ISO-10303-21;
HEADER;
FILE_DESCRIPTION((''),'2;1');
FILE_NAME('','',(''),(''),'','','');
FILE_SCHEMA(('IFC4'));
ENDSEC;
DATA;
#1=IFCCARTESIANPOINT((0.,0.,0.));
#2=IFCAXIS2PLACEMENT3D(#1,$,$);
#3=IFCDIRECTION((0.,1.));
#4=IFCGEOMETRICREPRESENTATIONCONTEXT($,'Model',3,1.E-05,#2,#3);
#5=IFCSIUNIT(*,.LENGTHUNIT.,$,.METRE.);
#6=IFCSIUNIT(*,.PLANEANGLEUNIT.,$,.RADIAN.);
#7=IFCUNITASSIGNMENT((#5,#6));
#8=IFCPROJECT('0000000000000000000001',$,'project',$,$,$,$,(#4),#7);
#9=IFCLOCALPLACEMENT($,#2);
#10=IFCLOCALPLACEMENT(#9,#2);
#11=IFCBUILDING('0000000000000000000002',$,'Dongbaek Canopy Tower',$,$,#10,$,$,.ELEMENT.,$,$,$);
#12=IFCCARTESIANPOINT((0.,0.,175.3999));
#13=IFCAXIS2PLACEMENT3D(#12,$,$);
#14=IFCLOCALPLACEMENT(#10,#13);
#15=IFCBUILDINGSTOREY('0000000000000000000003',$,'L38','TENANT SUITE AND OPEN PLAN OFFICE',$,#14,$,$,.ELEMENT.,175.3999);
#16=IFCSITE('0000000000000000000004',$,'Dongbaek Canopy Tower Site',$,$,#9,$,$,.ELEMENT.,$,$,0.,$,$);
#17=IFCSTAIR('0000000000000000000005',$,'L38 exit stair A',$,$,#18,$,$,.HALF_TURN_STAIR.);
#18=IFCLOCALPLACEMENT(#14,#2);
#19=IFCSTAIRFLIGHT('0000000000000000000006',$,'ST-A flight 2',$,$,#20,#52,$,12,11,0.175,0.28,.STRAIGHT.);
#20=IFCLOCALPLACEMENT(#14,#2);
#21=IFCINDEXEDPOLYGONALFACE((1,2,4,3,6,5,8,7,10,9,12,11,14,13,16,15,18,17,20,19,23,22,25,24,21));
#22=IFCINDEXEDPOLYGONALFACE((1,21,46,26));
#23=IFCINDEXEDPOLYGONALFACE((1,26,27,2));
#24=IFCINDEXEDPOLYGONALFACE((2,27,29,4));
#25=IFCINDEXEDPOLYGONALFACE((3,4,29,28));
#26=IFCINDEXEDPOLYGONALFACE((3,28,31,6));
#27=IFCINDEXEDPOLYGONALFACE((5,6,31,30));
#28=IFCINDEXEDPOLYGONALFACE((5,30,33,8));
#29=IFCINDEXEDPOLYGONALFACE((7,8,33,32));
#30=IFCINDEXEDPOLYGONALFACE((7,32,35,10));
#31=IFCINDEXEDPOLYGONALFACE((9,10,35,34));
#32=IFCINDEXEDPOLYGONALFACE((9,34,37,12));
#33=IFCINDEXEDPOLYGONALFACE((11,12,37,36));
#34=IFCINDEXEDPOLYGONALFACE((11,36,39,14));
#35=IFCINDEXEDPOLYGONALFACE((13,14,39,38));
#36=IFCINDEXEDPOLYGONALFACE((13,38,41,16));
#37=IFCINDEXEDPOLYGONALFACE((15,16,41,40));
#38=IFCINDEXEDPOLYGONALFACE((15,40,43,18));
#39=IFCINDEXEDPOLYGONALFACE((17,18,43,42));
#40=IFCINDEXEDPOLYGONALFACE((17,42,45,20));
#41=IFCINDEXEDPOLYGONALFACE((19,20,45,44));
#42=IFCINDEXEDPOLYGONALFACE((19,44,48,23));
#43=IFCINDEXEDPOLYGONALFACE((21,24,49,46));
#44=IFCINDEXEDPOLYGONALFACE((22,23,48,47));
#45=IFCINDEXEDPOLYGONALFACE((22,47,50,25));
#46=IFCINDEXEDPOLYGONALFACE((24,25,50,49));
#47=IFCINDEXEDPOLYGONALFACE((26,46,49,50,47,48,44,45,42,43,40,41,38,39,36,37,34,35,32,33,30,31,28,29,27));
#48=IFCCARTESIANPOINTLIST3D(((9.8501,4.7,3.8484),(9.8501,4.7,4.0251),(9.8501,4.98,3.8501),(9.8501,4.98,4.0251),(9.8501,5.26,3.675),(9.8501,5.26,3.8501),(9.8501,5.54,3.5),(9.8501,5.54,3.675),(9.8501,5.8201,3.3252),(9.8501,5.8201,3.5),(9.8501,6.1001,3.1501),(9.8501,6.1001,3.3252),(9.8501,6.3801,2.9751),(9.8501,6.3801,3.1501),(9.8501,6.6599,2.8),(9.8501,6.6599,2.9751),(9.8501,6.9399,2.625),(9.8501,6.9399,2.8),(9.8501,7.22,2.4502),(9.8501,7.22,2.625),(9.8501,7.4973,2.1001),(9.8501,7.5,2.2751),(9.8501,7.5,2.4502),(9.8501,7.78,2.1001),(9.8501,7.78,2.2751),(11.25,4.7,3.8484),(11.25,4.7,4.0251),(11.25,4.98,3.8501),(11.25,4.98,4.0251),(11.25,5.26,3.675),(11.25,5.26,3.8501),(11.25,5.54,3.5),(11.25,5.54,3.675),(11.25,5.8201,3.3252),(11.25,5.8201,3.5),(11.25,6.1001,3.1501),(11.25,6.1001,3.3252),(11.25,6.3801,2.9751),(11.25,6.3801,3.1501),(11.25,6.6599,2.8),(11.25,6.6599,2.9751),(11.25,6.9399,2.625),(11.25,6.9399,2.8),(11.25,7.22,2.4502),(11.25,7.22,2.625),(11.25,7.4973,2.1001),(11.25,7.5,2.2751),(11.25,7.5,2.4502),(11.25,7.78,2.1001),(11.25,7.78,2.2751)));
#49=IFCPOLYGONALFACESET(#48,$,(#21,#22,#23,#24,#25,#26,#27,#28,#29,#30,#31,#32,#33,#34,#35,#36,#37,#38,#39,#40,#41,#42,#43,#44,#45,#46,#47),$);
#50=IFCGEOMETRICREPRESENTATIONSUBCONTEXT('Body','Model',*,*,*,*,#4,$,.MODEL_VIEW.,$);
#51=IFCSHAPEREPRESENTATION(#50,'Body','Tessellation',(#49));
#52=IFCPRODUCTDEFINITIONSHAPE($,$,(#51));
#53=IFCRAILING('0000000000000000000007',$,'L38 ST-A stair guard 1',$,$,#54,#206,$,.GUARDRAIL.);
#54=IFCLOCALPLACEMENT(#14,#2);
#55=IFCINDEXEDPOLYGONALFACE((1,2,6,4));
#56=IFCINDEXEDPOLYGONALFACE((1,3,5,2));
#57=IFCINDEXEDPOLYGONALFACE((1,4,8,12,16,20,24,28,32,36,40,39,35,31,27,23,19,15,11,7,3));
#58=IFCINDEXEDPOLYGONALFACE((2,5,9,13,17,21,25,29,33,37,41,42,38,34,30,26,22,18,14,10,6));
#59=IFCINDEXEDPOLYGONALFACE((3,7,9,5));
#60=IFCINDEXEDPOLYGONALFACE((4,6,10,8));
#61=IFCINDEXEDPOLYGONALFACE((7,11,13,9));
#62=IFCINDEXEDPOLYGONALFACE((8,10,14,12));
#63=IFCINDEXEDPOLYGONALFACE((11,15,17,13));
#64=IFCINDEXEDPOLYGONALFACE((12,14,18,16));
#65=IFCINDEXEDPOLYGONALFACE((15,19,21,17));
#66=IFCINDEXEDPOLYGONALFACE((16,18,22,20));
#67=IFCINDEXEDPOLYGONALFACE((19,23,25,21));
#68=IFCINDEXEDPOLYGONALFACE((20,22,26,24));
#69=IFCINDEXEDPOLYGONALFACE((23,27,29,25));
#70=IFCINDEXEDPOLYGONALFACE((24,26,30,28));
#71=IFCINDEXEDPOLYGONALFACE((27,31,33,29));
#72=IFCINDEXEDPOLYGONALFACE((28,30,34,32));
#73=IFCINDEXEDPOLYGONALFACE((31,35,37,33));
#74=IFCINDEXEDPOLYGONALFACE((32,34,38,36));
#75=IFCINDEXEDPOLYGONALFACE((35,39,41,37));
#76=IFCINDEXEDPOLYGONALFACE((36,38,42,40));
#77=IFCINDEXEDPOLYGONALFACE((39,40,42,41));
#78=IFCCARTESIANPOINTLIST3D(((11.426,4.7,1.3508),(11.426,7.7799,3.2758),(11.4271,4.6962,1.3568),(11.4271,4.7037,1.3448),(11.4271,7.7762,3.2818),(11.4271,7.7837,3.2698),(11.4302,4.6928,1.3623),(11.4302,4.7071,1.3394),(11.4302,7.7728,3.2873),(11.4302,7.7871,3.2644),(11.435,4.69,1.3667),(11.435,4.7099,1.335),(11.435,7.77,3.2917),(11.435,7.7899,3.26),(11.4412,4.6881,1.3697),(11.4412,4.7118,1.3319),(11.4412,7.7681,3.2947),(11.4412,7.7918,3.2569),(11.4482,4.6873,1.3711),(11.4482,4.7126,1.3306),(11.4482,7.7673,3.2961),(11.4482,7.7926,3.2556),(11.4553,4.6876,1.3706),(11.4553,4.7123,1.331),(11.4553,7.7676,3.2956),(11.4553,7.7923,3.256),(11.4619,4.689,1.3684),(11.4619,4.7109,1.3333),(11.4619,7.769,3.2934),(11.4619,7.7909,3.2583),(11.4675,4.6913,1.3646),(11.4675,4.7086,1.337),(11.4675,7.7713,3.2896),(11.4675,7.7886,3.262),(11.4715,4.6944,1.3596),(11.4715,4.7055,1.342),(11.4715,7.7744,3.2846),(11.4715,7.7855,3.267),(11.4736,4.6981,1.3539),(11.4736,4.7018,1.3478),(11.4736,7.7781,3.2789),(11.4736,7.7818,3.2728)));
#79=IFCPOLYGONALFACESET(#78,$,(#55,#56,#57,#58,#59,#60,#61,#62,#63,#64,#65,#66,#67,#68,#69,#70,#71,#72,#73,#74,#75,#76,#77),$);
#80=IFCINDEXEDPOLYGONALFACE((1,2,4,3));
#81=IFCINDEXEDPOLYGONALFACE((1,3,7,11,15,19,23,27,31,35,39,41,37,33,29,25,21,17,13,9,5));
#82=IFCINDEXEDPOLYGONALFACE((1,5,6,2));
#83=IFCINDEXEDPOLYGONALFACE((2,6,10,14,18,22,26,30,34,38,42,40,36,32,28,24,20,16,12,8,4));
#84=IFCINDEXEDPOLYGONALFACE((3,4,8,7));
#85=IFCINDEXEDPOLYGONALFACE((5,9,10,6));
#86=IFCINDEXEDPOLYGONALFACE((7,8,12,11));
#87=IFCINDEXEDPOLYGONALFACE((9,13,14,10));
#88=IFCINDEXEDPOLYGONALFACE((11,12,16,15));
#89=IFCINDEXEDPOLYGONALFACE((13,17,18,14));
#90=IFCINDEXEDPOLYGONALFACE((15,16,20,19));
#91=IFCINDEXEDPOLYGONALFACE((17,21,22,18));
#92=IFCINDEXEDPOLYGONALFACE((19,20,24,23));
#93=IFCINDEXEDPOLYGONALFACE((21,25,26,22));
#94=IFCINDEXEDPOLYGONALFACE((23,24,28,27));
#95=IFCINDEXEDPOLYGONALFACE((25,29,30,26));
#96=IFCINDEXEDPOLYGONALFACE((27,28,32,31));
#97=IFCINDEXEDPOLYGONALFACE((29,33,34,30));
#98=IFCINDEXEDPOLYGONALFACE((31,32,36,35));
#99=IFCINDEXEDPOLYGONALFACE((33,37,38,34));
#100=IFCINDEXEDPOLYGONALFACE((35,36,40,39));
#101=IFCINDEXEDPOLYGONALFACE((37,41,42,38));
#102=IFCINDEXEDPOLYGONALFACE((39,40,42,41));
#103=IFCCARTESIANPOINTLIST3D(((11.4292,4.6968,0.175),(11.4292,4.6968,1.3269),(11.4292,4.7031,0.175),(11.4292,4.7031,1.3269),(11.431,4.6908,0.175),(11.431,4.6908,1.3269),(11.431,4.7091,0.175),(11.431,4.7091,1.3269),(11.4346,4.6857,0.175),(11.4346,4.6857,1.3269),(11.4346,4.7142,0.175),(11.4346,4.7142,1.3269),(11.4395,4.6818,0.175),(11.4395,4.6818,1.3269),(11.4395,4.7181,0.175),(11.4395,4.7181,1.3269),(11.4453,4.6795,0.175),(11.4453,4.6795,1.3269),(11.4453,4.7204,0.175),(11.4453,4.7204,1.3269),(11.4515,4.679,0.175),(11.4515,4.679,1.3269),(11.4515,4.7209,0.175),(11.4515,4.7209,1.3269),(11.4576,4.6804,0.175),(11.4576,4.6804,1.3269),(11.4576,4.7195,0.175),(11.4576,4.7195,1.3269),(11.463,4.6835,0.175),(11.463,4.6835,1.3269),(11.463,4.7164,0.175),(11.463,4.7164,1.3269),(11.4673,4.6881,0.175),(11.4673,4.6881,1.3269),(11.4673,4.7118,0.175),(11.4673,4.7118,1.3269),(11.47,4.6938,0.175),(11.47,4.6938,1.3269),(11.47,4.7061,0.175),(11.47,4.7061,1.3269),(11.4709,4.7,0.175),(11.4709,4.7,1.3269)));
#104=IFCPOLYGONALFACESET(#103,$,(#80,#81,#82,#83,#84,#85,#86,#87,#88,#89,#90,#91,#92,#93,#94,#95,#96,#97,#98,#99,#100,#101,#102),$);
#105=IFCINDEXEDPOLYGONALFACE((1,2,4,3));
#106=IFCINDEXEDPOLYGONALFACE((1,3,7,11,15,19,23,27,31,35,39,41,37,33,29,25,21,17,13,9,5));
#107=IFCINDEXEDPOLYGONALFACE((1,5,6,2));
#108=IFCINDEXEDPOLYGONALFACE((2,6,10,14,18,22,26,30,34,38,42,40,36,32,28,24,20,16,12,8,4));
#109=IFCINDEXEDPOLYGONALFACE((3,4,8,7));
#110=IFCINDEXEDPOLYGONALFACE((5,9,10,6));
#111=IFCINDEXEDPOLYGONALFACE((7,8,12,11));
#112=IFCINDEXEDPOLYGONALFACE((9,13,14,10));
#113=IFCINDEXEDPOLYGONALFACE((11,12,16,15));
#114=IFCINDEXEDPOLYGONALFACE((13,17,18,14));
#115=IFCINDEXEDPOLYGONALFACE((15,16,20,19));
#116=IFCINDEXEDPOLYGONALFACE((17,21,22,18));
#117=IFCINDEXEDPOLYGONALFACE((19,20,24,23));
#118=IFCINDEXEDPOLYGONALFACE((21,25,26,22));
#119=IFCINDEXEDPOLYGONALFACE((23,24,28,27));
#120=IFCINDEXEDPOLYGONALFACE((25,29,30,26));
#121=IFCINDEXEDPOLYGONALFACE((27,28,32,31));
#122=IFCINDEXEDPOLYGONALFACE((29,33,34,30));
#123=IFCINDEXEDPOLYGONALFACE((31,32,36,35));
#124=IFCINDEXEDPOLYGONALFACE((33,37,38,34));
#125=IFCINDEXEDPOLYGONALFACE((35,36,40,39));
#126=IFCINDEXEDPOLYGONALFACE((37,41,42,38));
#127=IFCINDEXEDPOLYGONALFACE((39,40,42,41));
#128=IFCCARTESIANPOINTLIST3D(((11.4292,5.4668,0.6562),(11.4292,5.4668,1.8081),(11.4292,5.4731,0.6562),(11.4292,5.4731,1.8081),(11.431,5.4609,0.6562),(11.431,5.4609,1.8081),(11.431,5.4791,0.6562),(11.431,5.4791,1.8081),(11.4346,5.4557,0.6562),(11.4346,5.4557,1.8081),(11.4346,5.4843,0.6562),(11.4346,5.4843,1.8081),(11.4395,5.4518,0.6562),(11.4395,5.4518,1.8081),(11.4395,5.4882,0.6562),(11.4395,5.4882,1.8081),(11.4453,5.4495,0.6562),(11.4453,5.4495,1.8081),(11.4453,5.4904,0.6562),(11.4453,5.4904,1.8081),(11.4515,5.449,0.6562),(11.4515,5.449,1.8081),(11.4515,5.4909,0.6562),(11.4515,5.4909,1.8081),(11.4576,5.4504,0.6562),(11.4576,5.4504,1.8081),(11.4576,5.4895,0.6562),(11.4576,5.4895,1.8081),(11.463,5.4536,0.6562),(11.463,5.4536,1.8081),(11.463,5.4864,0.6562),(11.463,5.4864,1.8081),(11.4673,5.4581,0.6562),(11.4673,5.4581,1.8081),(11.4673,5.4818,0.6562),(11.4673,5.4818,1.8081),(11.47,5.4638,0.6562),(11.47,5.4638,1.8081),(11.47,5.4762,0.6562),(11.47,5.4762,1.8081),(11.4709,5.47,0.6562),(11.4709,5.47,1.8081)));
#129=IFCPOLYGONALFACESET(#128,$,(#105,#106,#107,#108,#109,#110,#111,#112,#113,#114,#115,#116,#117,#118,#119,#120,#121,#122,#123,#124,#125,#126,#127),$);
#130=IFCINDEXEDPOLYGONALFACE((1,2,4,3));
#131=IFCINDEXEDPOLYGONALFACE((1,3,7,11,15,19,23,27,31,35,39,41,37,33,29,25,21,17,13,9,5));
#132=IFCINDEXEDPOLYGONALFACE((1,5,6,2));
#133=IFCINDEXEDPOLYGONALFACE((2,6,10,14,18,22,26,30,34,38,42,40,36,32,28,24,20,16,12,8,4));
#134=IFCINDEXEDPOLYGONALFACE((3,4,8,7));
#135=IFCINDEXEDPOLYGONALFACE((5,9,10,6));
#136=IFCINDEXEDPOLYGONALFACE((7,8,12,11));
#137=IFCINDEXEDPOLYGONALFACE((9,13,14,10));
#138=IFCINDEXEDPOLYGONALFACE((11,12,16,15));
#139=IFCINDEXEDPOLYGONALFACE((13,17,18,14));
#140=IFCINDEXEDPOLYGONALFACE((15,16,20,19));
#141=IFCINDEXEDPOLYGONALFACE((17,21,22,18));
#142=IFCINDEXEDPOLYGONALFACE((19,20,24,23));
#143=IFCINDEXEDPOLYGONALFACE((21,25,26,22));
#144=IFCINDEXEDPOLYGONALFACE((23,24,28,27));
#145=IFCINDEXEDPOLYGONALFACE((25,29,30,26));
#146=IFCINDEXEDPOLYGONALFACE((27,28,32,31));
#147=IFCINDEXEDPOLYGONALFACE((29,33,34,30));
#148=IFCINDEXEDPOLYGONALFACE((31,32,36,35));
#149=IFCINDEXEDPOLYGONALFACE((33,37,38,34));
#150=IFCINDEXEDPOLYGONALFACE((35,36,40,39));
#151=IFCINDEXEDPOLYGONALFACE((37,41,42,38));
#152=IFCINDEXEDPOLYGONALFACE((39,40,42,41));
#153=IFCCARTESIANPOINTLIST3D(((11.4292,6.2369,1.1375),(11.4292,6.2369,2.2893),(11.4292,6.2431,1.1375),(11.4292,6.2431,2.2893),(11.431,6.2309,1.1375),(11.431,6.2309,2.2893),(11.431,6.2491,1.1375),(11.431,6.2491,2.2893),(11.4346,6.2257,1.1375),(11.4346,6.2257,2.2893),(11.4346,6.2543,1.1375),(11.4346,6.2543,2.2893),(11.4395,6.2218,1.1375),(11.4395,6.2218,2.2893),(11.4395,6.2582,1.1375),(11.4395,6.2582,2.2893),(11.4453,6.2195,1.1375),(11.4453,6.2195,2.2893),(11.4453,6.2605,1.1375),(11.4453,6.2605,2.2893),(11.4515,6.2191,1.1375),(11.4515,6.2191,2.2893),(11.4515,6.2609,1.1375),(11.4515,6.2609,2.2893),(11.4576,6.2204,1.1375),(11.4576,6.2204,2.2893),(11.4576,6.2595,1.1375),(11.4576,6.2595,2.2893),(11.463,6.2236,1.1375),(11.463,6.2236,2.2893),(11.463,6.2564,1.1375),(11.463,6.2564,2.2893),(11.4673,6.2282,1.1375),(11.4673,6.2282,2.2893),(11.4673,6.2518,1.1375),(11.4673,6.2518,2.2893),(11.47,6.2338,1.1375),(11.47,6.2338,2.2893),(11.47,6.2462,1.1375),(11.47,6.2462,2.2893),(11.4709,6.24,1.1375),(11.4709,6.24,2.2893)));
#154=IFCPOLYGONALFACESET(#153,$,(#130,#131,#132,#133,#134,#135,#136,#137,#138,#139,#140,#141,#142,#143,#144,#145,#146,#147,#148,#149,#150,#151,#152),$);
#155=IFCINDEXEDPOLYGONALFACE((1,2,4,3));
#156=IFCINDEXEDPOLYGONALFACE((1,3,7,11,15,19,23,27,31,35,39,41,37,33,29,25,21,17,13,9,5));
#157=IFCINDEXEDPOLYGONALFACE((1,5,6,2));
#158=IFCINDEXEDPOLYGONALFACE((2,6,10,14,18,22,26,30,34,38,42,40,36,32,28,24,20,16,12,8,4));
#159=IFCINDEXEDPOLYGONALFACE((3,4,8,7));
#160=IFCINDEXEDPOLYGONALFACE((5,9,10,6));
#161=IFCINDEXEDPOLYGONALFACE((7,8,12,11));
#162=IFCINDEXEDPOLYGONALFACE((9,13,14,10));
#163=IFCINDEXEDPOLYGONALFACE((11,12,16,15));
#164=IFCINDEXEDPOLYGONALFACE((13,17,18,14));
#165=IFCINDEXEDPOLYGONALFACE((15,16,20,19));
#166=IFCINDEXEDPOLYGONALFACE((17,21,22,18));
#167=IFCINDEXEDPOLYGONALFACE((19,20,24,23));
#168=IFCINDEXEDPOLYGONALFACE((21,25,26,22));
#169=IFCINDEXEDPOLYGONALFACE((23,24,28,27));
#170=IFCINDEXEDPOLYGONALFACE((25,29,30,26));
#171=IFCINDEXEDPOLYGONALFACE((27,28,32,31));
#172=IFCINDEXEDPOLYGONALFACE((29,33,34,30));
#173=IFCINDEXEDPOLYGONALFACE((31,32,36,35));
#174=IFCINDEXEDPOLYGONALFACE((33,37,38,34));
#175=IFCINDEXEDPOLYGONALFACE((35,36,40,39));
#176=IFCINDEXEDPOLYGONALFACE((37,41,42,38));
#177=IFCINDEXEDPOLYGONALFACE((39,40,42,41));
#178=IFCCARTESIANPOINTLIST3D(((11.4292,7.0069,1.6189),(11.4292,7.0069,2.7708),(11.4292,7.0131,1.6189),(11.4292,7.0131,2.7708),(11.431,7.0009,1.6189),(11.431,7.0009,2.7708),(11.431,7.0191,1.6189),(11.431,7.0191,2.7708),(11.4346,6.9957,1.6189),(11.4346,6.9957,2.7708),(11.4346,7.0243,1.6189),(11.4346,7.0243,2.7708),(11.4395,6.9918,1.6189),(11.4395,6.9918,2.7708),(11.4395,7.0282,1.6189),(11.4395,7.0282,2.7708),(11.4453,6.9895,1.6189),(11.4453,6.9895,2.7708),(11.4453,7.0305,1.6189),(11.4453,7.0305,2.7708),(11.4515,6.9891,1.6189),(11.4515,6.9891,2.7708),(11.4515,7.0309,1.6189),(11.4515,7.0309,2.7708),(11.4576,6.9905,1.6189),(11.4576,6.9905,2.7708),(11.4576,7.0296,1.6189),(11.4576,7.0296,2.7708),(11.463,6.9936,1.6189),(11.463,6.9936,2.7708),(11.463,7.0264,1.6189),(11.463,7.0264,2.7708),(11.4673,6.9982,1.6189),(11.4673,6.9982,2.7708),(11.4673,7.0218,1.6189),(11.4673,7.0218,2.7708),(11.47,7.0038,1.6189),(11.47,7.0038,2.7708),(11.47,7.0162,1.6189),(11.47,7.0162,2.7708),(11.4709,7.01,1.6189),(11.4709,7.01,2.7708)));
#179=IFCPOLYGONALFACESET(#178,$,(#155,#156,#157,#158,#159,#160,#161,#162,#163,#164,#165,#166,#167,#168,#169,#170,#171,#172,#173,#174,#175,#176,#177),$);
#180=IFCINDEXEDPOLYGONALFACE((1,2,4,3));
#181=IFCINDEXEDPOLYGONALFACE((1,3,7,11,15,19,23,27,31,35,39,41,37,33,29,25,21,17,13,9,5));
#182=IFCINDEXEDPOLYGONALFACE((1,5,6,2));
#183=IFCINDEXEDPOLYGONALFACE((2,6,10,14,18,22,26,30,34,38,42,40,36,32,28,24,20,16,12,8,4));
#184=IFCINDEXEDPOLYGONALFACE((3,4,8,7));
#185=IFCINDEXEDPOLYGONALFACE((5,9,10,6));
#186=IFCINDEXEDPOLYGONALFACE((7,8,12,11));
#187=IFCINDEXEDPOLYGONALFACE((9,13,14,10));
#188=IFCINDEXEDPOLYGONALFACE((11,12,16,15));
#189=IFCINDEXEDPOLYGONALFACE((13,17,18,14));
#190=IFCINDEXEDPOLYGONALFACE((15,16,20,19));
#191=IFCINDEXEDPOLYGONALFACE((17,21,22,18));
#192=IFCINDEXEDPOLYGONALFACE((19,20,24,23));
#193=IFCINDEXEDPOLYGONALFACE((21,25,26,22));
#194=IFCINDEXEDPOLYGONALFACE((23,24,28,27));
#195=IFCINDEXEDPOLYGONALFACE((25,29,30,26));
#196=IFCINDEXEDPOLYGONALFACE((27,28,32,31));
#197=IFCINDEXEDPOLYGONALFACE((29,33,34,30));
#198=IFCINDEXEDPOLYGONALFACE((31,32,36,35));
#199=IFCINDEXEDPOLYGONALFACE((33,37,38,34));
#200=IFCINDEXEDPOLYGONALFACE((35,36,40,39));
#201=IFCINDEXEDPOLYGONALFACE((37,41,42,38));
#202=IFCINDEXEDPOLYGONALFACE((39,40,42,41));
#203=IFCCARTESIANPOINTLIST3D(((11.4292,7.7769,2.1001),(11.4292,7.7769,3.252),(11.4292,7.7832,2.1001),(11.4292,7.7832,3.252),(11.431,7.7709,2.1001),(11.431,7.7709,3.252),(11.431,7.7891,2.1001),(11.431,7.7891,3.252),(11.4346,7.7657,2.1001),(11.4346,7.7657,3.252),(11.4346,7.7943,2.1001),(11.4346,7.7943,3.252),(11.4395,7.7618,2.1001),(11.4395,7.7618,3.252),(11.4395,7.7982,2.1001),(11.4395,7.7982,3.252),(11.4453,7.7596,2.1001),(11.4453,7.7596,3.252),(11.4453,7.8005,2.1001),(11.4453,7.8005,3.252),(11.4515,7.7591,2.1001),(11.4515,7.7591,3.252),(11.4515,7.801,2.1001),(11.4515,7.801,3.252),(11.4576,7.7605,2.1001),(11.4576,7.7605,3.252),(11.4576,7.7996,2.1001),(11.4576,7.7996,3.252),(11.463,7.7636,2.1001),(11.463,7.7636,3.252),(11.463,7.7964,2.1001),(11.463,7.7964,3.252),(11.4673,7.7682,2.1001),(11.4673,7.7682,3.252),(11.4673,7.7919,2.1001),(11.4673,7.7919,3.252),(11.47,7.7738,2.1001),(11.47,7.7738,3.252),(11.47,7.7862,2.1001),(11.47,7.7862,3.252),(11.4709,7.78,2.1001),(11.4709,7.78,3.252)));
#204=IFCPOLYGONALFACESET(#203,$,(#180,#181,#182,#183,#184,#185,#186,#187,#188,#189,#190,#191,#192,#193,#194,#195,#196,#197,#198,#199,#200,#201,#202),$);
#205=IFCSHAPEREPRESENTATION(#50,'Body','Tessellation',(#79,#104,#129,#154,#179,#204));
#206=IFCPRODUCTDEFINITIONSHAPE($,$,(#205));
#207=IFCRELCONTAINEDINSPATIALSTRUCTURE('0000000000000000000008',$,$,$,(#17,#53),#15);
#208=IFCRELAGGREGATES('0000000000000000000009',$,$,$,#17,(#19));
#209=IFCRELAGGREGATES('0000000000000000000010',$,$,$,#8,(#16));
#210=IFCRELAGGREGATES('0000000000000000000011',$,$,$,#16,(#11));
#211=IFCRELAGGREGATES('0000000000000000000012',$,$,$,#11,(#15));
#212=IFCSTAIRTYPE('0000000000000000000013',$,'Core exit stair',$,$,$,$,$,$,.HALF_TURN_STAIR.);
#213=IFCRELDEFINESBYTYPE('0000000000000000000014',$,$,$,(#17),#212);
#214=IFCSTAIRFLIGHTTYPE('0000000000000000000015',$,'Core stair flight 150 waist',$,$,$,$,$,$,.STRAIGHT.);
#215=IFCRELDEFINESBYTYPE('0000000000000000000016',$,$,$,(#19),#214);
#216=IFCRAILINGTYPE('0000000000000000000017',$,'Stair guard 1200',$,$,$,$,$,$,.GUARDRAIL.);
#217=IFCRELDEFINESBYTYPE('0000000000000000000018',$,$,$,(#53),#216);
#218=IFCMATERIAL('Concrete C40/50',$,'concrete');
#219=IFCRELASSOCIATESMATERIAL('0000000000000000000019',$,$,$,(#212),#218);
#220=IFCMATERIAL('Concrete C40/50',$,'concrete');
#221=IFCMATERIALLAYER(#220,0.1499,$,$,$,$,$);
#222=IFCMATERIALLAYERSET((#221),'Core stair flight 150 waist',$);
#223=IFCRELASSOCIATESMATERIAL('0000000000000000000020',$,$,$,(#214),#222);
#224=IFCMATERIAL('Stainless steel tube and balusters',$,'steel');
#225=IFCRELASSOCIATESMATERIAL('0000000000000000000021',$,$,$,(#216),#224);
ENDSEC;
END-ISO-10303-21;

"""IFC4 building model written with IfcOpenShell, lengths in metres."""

from ifc_helpers import new_model, si_unit, direction, frame, origin, origin_2d, place, context, subcontext, project, spatial, polyline, circle, outline, extrude, material, layer, layer_set, type_object, element, aggregate, save


model = new_model("IFC4")

# Units and contexts
model_context = context("Model", 3, precision=1e-05, world=origin(), true_north=direction((0.0, 1.0)))
body_context = subcontext(model_context, "Body", "Model", "MODEL_VIEW")
ifc_project = project(units=[si_unit("LENGTHUNIT", "METRE"), si_unit("PLANEANGLEUNIT", "RADIAN")], contexts=[model_context])

# Site, building, storey
site_placement = place(None, origin())
site = spatial("IfcSite", under=ifc_project, at=site_placement, Name="Dongbaek Canopy Tower Site", CompositionType="ELEMENT", RefElevation=0.0)
building_placement = place(site_placement, origin())
building = spatial("IfcBuilding", under=site, at=building_placement, Name="Dongbaek Canopy Tower", CompositionType="ELEMENT")
storey_placement = place(building_placement, frame((0.0, 0.0, 175.3999)))
storey = spatial("IfcBuildingStorey", under=building, at=storey_placement, Name="L38", Description="TENANT SUITE AND OPEN PLAN OFFICE", CompositionType="ELEMENT", Elevation=175.3999)

# Shared definitions
ifc_material_1 = material(Name="Concrete C40/50", Category="concrete")
stair_type = type_object("IfcStairType", Name="Core exit stair", PredefinedType="HALF_TURN_STAIR", material=ifc_material_1)

# Stair, stair flight
stair_1_placement = place(storey_placement, origin())
stair_1 = element("IfcStair", 1, at=stair_1_placement, inside=storey, type_object=stair_type, Name="L38 exit stair A", PredefinedType="HALF_TURN_STAIR")
ifc_material_2 = material(Name="Concrete C40/50", Category="concrete")
ifc_layer_1 = layer(ifc_material_2, 0.1499)
ifc_layer_set_1 = layer_set([ifc_layer_1], Name="Core stair flight 150 waist")
stair_flight_type = type_object("IfcStairFlightType", Name="Core stair flight 150 waist", PredefinedType="STRAIGHT", material=ifc_layer_set_1)
stair_flight_placement = place(storey_placement, frame((10.55, 7.78, 2.1001), z_axis=(0.0, 0.0, 1.0), x_axis=(0.0, -1.0, 0.0)))
stair_flight = element("IfcStairFlight", 2, at=stair_flight_placement, type_object=stair_flight_type, Name="ST-A flight 2", NumberOfRisers=12, NumberOfTreads=11, PredefinedType="STRAIGHT", RiserHeight=0.175, TreadLength=0.28, context=body_context, shape_type="SweptSolid", body=[
    extrude(outline(polyline([(0.0, 0.0), (0.0, 0.175), (0.28, 0.175), (0.28, 0.3501), (0.5601, 0.3501), (0.5601, 0.5249), (0.8401, 0.5249), (0.8401, 0.7), (1.1201, 0.7), (1.1201, 0.875), (1.3999, 0.875), (1.3999, 1.05), (1.6799, 1.05), (1.6799, 1.2251), (1.96, 1.2251), (1.96, 1.3999), (2.24, 1.3999), (2.24, 1.575), (2.52, 1.575), (2.52, 1.75), (2.8, 1.75), (2.8, 1.925), (3.0801, 1.925), (3.0801, 2.1001), (3.0801, 1.7483), (0.2827, 0.0), (0.0, 0.0)])), frame((0.0, 0.7, 0.0), z_axis=(0.0, -1.0, 0.0), x_axis=(1.0, 0.0, 0.0)), (0.0, 0.0, 1.0), 1.3999),
])
aggregate(stair_1, [stair_flight])

# Railing
ifc_material_3 = material(Name="Stainless steel tube and balusters", Category="steel")
railing_type_1 = type_object("IfcRailingType", Name="Stair guard 1200", PredefinedType="GUARDRAIL", material=ifc_material_3)
railing_1_placement = place(storey_placement, frame((11.45, 4.7, 0.175)))
element("IfcRailing", 3, at=railing_1_placement, inside=storey, type_object=railing_type_1, Name="L38 ST-A stair guard 1", PredefinedType="GUARDRAIL", context=body_context, shape_type="SweptSolid", body=[
    extrude(circle(Radius=0.0239, at=origin_2d()), frame((0.0, 0.0, 1.1758), z_axis=(0.0, 0.847998, 0.529999), x_axis=(-1.0, 0.0, 0.0)), (0.0, 0.0, 1.0), 3.6321),
    extrude(circle(Radius=0.021, at=origin_2d()), origin(), (0.0, 0.0, 1.0), 1.1519),
    extrude(circle(Radius=0.021, at=origin_2d()), frame((0.0, 0.77, 0.4812)), (0.0, 0.0, 1.0), 1.1519),
    extrude(circle(Radius=0.021, at=origin_2d()), frame((0.0, 1.54, 0.9624)), (0.0, 0.0, 1.0), 1.1519),
    extrude(circle(Radius=0.021, at=origin_2d()), frame((0.0, 2.3101, 1.4438)), (0.0, 0.0, 1.0), 1.1519),
    extrude(circle(Radius=0.021, at=origin_2d()), frame((0.0, 3.0801, 1.925)), (0.0, 0.0, 1.0), 1.1519),
])

save(model, "model.ifc")
